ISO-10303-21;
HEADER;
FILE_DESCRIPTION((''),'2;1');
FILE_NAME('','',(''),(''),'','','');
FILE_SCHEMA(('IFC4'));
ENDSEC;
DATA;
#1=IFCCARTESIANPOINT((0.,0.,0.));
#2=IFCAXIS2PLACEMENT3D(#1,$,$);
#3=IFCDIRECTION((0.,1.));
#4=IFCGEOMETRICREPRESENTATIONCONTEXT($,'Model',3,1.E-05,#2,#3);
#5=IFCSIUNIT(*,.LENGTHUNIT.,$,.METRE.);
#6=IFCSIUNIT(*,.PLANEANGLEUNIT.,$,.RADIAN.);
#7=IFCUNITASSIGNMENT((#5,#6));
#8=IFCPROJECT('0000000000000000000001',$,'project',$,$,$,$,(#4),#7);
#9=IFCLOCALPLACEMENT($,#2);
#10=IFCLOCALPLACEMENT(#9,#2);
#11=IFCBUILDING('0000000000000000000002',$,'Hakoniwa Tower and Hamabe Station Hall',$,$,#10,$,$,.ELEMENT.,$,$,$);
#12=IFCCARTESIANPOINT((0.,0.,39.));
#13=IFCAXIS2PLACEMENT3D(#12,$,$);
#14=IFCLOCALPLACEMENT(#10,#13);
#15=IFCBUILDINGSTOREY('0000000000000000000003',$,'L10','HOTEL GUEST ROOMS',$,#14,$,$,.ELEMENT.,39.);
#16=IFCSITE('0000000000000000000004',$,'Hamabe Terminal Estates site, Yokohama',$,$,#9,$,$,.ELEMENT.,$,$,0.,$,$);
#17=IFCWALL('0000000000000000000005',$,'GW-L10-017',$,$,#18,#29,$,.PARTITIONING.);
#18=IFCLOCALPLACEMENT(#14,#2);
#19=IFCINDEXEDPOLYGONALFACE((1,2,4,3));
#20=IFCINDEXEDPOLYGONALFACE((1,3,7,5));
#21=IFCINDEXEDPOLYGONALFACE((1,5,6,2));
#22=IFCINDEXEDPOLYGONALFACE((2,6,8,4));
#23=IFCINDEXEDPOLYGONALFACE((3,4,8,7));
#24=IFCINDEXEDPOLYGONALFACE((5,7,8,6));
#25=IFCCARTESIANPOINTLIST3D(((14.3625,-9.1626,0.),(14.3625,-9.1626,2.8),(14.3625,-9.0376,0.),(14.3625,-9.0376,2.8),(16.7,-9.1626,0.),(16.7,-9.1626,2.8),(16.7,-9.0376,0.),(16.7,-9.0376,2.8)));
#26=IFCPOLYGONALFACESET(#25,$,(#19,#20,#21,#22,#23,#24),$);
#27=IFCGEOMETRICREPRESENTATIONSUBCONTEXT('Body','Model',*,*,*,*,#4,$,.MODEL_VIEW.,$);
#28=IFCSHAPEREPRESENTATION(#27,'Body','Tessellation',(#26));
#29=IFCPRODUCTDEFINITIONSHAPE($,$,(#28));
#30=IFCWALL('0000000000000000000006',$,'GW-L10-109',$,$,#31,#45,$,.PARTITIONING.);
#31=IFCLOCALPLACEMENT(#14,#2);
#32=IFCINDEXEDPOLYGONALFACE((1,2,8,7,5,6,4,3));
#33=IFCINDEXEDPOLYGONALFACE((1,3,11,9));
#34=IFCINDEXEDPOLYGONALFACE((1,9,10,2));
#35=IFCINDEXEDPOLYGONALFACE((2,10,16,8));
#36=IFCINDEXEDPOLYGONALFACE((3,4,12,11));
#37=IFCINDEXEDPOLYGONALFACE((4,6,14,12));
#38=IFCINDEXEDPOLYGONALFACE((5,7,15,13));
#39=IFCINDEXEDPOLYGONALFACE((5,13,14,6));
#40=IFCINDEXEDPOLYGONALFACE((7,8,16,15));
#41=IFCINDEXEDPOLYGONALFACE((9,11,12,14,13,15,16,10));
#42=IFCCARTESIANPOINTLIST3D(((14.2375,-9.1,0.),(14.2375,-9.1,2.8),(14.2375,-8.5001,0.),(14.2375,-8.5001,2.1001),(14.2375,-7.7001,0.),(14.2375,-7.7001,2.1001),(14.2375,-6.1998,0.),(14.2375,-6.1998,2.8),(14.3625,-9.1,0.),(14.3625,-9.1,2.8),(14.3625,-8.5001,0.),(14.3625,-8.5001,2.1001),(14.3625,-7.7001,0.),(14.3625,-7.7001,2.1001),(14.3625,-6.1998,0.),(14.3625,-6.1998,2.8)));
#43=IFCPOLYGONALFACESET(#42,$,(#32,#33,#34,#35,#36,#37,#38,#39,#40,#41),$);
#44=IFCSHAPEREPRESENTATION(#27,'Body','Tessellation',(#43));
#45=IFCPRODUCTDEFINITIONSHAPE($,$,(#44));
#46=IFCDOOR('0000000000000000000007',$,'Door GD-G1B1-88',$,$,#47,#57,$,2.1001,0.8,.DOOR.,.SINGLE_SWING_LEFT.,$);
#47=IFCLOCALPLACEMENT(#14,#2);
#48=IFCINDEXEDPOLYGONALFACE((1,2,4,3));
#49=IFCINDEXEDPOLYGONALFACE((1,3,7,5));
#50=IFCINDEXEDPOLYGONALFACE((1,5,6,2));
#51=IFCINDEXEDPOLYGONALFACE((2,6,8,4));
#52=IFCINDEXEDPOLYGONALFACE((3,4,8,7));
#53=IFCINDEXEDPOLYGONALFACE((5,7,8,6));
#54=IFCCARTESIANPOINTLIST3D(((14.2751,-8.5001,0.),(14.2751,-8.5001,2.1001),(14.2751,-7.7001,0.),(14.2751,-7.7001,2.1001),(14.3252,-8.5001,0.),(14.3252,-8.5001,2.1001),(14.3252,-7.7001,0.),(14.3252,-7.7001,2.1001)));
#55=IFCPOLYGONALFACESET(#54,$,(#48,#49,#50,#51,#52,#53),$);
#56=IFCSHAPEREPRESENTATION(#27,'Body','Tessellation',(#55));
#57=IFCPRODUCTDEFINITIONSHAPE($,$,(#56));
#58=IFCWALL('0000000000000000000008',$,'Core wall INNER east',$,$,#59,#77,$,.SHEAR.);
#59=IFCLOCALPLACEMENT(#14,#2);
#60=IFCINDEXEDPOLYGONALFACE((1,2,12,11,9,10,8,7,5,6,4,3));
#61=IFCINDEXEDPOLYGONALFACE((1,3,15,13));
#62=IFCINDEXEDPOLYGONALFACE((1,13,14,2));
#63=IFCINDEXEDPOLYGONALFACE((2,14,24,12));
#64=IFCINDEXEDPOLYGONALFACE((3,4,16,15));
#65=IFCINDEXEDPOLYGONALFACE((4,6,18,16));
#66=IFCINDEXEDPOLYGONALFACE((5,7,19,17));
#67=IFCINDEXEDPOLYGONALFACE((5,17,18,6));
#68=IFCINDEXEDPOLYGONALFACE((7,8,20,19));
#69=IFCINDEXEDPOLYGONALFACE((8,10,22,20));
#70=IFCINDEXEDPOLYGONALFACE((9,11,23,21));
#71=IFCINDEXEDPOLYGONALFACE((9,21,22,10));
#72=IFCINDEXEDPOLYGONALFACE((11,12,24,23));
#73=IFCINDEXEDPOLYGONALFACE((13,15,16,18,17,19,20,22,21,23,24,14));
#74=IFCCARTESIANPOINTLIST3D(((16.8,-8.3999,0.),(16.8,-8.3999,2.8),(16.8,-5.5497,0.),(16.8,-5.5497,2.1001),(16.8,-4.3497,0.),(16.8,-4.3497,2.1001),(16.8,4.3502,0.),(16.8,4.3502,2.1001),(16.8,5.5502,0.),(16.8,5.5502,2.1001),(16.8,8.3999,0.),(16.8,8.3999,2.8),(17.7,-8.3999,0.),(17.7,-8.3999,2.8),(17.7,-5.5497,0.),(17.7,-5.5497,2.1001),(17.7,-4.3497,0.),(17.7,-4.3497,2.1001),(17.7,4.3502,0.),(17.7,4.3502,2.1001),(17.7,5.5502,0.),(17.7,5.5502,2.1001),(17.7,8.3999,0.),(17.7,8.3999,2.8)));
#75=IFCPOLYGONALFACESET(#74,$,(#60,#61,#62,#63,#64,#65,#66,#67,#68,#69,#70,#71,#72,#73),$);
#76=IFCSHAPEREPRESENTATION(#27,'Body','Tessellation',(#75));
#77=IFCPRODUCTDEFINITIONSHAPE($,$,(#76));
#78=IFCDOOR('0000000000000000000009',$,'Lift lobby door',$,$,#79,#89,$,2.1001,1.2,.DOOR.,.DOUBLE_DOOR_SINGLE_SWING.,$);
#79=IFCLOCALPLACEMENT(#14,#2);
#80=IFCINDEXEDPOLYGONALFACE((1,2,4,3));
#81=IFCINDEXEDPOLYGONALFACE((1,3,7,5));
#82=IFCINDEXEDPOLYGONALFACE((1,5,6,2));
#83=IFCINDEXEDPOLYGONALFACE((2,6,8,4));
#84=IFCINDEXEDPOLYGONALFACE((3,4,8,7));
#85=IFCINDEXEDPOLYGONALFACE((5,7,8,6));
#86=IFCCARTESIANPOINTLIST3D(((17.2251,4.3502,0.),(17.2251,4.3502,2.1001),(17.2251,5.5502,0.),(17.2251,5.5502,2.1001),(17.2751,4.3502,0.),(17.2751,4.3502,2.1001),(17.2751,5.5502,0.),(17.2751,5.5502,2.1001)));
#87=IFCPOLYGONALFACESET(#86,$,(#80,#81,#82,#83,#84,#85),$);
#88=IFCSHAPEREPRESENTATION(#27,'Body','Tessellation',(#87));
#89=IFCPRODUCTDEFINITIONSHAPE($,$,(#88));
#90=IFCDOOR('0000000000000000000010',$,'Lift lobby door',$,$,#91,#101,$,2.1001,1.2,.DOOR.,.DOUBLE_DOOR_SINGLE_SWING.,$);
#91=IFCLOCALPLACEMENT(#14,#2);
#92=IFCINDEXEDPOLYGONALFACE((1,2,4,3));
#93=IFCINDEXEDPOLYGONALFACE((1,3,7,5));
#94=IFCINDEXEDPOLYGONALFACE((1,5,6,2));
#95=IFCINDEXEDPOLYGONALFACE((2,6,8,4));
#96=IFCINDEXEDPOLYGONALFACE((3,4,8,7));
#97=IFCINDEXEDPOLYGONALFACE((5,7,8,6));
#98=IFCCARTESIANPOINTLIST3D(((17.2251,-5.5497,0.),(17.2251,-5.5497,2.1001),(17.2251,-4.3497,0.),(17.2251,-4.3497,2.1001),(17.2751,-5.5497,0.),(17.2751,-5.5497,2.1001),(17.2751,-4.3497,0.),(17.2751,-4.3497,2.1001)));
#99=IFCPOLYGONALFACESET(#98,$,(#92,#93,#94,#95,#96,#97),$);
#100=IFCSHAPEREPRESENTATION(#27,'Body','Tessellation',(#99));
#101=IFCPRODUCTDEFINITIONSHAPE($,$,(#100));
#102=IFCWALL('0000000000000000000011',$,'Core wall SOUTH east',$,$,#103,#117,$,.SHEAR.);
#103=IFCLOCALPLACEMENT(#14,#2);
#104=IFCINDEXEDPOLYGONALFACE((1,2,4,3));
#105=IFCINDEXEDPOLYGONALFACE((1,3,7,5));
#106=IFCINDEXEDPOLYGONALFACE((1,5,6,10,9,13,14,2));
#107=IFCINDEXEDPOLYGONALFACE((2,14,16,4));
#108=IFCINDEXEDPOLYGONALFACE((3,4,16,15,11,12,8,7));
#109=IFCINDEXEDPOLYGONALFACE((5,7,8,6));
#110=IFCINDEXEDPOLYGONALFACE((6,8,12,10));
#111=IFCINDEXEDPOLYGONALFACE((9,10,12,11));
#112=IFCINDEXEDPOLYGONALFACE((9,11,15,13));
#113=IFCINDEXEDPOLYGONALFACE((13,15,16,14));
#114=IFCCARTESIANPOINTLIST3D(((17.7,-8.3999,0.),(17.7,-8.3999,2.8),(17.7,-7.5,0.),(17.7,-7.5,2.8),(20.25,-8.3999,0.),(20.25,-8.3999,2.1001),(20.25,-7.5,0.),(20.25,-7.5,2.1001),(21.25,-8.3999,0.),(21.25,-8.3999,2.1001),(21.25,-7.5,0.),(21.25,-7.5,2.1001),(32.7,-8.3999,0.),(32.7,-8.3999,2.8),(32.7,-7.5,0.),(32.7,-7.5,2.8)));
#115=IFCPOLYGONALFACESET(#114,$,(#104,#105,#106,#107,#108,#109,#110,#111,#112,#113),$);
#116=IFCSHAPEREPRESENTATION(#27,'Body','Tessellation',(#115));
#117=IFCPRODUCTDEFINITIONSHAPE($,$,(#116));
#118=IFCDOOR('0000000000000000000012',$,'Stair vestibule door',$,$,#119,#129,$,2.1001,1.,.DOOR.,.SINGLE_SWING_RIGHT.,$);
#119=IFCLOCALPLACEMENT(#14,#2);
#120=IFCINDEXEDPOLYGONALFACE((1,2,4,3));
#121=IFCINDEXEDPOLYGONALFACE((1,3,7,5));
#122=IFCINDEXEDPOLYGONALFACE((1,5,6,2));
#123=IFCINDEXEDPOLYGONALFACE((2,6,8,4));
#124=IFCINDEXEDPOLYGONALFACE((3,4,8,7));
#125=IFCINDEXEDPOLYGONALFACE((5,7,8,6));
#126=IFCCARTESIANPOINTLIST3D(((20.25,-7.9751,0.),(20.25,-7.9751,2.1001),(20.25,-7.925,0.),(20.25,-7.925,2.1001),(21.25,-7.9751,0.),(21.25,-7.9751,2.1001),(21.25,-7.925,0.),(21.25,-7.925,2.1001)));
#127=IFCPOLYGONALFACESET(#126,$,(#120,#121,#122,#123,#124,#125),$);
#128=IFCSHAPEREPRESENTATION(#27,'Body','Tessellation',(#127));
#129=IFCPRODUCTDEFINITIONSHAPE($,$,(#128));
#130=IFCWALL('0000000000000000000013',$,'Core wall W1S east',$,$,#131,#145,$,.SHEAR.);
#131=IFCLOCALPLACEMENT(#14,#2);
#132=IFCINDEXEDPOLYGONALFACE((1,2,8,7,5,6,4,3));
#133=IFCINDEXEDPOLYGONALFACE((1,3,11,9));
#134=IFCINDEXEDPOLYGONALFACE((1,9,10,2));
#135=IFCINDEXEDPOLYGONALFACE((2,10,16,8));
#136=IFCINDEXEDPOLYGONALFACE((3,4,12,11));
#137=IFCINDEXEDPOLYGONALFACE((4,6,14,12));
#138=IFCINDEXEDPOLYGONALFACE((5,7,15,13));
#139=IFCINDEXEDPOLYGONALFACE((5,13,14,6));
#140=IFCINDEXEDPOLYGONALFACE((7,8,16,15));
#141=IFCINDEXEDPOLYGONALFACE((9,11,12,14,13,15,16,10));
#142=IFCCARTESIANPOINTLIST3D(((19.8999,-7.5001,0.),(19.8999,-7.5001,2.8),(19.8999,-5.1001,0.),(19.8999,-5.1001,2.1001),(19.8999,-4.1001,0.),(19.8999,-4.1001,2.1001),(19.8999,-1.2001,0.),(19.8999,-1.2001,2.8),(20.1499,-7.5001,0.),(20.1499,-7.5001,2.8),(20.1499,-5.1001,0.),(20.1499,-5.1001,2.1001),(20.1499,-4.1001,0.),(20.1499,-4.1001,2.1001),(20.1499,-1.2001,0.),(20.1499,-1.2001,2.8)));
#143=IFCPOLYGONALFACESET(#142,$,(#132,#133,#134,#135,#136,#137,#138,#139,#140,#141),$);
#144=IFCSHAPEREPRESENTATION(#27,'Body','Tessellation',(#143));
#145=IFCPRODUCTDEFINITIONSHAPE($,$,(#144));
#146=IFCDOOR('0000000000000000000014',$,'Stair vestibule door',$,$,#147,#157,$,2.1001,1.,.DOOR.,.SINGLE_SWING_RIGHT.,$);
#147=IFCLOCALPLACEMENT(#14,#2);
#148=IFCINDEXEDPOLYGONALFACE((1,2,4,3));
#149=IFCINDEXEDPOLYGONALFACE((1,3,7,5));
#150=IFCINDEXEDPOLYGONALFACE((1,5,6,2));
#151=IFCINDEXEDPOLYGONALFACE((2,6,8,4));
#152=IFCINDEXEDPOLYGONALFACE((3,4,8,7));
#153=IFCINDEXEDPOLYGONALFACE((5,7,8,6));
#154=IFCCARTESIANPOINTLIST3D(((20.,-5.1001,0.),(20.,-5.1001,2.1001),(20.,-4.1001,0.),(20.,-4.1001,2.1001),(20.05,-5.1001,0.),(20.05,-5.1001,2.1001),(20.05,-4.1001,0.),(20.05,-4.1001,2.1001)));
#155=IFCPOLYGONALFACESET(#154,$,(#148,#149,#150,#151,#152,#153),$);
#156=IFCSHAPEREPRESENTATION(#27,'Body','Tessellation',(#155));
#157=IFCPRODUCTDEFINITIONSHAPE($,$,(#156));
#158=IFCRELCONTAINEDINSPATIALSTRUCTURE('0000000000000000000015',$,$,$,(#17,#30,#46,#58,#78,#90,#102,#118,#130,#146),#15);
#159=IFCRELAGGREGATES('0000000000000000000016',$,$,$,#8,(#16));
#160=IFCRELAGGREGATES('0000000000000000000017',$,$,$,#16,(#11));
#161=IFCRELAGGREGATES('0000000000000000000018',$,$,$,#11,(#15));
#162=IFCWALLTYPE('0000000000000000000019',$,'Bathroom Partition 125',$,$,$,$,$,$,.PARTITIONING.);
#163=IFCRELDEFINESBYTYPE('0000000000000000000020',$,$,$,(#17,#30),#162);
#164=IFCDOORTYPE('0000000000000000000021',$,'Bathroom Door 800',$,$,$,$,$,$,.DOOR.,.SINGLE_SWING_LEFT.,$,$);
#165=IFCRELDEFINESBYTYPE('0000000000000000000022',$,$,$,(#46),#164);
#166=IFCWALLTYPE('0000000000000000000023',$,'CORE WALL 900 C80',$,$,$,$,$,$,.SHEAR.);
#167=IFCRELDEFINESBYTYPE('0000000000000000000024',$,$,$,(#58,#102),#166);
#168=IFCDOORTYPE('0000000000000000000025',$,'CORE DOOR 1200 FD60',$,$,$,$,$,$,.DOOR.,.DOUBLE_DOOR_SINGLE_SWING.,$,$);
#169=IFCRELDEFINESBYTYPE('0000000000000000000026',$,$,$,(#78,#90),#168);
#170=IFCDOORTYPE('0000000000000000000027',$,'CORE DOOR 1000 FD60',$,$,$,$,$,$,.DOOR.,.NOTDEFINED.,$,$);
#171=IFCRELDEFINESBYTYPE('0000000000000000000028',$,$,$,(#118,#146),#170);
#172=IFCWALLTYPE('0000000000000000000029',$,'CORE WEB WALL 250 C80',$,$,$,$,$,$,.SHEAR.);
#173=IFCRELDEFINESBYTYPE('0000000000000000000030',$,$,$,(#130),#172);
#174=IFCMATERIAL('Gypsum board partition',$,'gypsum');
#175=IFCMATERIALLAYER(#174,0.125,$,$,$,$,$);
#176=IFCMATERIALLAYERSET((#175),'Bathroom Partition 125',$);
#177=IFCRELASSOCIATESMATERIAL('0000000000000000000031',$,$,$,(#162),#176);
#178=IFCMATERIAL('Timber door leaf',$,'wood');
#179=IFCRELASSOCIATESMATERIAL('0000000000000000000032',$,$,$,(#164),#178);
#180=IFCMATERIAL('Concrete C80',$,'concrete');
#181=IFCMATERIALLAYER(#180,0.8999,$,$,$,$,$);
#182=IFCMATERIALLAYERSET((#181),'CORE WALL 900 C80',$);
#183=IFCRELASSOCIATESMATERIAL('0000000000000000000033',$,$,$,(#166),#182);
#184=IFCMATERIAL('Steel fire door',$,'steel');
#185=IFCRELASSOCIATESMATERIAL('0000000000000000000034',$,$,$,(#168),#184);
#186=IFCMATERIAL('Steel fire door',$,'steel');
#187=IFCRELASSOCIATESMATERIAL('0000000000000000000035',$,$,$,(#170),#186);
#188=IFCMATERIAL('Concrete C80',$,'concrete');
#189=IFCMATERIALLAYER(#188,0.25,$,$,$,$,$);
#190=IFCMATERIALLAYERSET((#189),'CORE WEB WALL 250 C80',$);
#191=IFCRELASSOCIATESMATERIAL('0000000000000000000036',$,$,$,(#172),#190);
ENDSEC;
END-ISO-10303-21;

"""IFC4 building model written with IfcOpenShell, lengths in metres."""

from ifc_helpers import new_model, si_unit, direction, frame, frame_2d, origin, place, context, subcontext, project, spatial, rectangle, extrude, material, layer, layer_set, type_object, element, fill, save


model = new_model("IFC4")

# Units and contexts
model_context = context("Model", 3, precision=1e-05, world=origin(), true_north=direction((0.0, 1.0)))
body_context = subcontext(model_context, "Body", "Model", "MODEL_VIEW")
ifc_project = project(units=[si_unit("LENGTHUNIT", "METRE"), si_unit("PLANEANGLEUNIT", "RADIAN")], contexts=[model_context])

# Site, building, storey
site_placement = place(None, origin())
site = spatial("IfcSite", under=ifc_project, at=site_placement, Name="Hamabe Terminal Estates site, Yokohama", CompositionType="ELEMENT", RefElevation=0.0)
building_placement = place(site_placement, origin())
building = spatial("IfcBuilding", under=site, at=building_placement, Name="Hakoniwa Tower and Hamabe Station Hall", CompositionType="ELEMENT")
storey_placement = place(building_placement, frame((0.0, 0.0, 39.0)))
storey = spatial("IfcBuildingStorey", under=building, at=storey_placement, Name="L10", Description="HOTEL GUEST ROOMS", CompositionType="ELEMENT", Elevation=39.0)

# Wall
ifc_material_1 = material(Name="Gypsum board partition", Category="gypsum")
ifc_layer_1 = layer(ifc_material_1, 0.125)
ifc_layer_set_1 = layer_set([ifc_layer_1], Name="Bathroom Partition 125")
wall_type_1 = type_object("IfcWallType", Name="Bathroom Partition 125", PredefinedType="PARTITIONING", material=ifc_layer_set_1)
wall_1_placement = place(storey_placement, frame((14.3625, -9.1001, 0.0), z_axis=(0.0, 0.0, 1.0), x_axis=(1.0, 0.0, 0.0)))
element("IfcWall", 1, at=wall_1_placement, inside=storey, type_object=wall_type_1, Name="GW-L10-017", PredefinedType="PARTITIONING", context=body_context, shape_type="SweptSolid", body=[
    extrude(rectangle(XDim=2.3374, YDim=0.125, at=frame_2d((1.1687, 0.0))), origin(), (0.0, 0.0, 1.0), 2.8),
])

# Wall, opening, door
wall_2_placement = place(storey_placement, frame((14.3, -9.1001, 0.0), z_axis=(0.0, 0.0, 1.0), x_axis=(0.0, 1.0, 0.0)))
wall_2 = element("IfcWall", 2, at=wall_2_placement, inside=storey, type_object=wall_type_1, Name="GW-L10-109", PredefinedType="PARTITIONING", context=body_context, shape_type="SweptSolid", body=[
    extrude(rectangle(XDim=2.9001, YDim=0.125, at=frame_2d((1.4502, 0.0))), origin(), (0.0, 0.0, 1.0), 2.8),
])
opening_1_placement = place(wall_2_placement, frame((0.6001, 0.0, 0.0)))
opening_1 = element("IfcOpeningElement", 3, at=opening_1_placement, cuts=wall_2, PredefinedType="OPENING", context=body_context, shape_type="SweptSolid", body=[
    extrude(rectangle(XDim=0.8, YDim=2.1001, at=frame_2d((0.3999, 1.05))), frame((0.0, 0.0725, 0.0), z_axis=(0.0, -1.0, 0.0), x_axis=(1.0, 0.0, 0.0)), (0.0, 0.0, 1.0), 0.145),
])
ifc_material_2 = material(Name="Timber door leaf", Category="wood")
door_type_1 = type_object("IfcDoorType", Name="Bathroom Door 800", OperationType="SINGLE_SWING_LEFT", PredefinedType="DOOR", material=ifc_material_2)
door_1_placement = place(opening_1_placement, origin())
door_1 = element("IfcDoor", 4, at=door_1_placement, inside=storey, type_object=door_type_1, Name="Door GD-G1B1-88", OperationType="SINGLE_SWING_LEFT", OverallHeight=2.1001, OverallWidth=0.8, PredefinedType="DOOR", context=body_context, shape_type="SweptSolid", body=[
    extrude(rectangle(XDim=0.8, YDim=2.1001, at=frame_2d((0.3999, 1.05))), frame((0.0, 0.0249, 0.0), z_axis=(0.0, -1.0, 0.0), x_axis=(1.0, 0.0, 0.0)), (0.0, 0.0, 1.0), 0.05),
])
fill(opening_1, door_1)

# Wall, openings, doors
ifc_material_3 = material(Name="Concrete C80", Category="concrete")
ifc_layer_2 = layer(ifc_material_3, 0.8999)
ifc_layer_set_2 = layer_set([ifc_layer_2], Name="CORE WALL 900 C80")
wall_type_2 = type_object("IfcWallType", Name="CORE WALL 900 C80", PredefinedType="SHEAR", material=ifc_layer_set_2)
wall_3_placement = place(storey_placement, frame((17.25, -8.3999, 0.0), z_axis=(0.0, 0.0, 1.0), x_axis=(0.0, 1.0, 0.0)))
wall_3 = element("IfcWall", 5, at=wall_3_placement, inside=storey, type_object=wall_type_2, Name="Core wall INNER east", PredefinedType="SHEAR", context=body_context, shape_type="SweptSolid", body=[
    extrude(rectangle(XDim=16.7998, YDim=0.8999, at=frame_2d((8.3999, 0.0))), origin(), (0.0, 0.0, 1.0), 2.8),
])
opening_2_placement = place(wall_3_placement, frame((12.75, 0.0, 0.0)))
opening_2 = element("IfcOpeningElement", 6, at=opening_2_placement, cuts=wall_3, PredefinedType="OPENING", context=body_context, shape_type="SweptSolid", body=[
    extrude(rectangle(XDim=1.2, YDim=2.1001, at=frame_2d((0.6001, 1.05))), frame((0.0, 0.46, 0.0), z_axis=(0.0, -1.0, 0.0), x_axis=(1.0, 0.0, 0.0)), (0.0, 0.0, 1.0), 0.9199),
])
opening_3_placement = place(wall_3_placement, frame((2.8501, 0.0, 0.0)))
opening_3 = element("IfcOpeningElement", 7, at=opening_3_placement, cuts=wall_3, PredefinedType="OPENING", context=body_context, shape_type="SweptSolid", body=[
    extrude(rectangle(XDim=1.2, YDim=2.1001, at=frame_2d((0.6001, 1.05))), frame((0.0, 0.46, 0.0), z_axis=(0.0, -1.0, 0.0), x_axis=(1.0, 0.0, 0.0)), (0.0, 0.0, 1.0), 0.9199),
])
ifc_material_4 = material(Name="Steel fire door", Category="steel")
door_type_2 = type_object("IfcDoorType", Name="CORE DOOR 1200 FD60", OperationType="DOUBLE_DOOR_SINGLE_SWING", PredefinedType="DOOR", material=ifc_material_4)
door_2_placement = place(opening_2_placement, origin())
door_2 = element("IfcDoor", 8, at=door_2_placement, inside=storey, type_object=door_type_2, Name="Lift lobby door", OperationType="DOUBLE_DOOR_SINGLE_SWING", OverallHeight=2.1001, OverallWidth=1.2, PredefinedType="DOOR", context=body_context, shape_type="SweptSolid", body=[
    extrude(rectangle(XDim=1.2, YDim=2.1001, at=frame_2d((0.6001, 1.05))), frame((0.0, 0.0249, 0.0), z_axis=(0.0, -1.0, 0.0), x_axis=(1.0, 0.0, 0.0)), (0.0, 0.0, 1.0), 0.05),
])
fill(opening_2, door_2)
door_3_placement = place(opening_3_placement, origin())
door_3 = element("IfcDoor", 9, at=door_3_placement, inside=storey, type_object=door_type_2, Name="Lift lobby door", OperationType="DOUBLE_DOOR_SINGLE_SWING", OverallHeight=2.1001, OverallWidth=1.2, PredefinedType="DOOR", context=body_context, shape_type="SweptSolid", body=[
    extrude(rectangle(XDim=1.2, YDim=2.1001, at=frame_2d((0.6001, 1.05))), frame((0.0, 0.0249, 0.0), z_axis=(0.0, -1.0, 0.0), x_axis=(1.0, 0.0, 0.0)), (0.0, 0.0, 1.0), 0.05),
])
fill(opening_3, door_3)

# Walls, openings, doors
wall_4_placement = place(storey_placement, frame((17.7, -7.95, 0.0), z_axis=(0.0, 0.0, 1.0), x_axis=(1.0, 0.0, 0.0)))
wall_4 = element("IfcWall", 10, at=wall_4_placement, inside=storey, type_object=wall_type_2, Name="Core wall SOUTH east", PredefinedType="SHEAR", context=body_context, shape_type="SweptSolid", body=[
    extrude(rectangle(XDim=15.0, YDim=0.8999, at=frame_2d((7.5, 0.0))), origin(), (0.0, 0.0, 1.0), 2.8),
])
opening_4_placement = place(wall_4_placement, frame((2.55, 0.0, 0.0)))
opening_4 = element("IfcOpeningElement", 11, at=opening_4_placement, cuts=wall_4, PredefinedType="OPENING", context=body_context, shape_type="SweptSolid", body=[
    extrude(rectangle(XDim=1.0, YDim=2.1001, at=frame_2d((0.5, 1.05))), frame((0.0, 0.46, 0.0), z_axis=(0.0, -1.0, 0.0), x_axis=(1.0, 0.0, 0.0)), (0.0, 0.0, 1.0), 0.9199),
])
ifc_material_5 = material(Name="Steel fire door", Category="steel")
door_type_3 = type_object("IfcDoorType", Name="CORE DOOR 1000 FD60", OperationType="NOTDEFINED", PredefinedType="DOOR", material=ifc_material_5)
door_4_placement = place(opening_4_placement, origin())
door_4 = element("IfcDoor", 12, at=door_4_placement, inside=storey, type_object=door_type_3, Name="Stair vestibule door", OperationType="SINGLE_SWING_RIGHT", OverallHeight=2.1001, OverallWidth=1.0, PredefinedType="DOOR", context=body_context, shape_type="SweptSolid", body=[
    extrude(rectangle(XDim=1.0, YDim=2.1001, at=frame_2d((0.5, 1.05))), frame((0.0, 0.0249, 0.0), z_axis=(0.0, -1.0, 0.0), x_axis=(1.0, 0.0, 0.0)), (0.0, 0.0, 1.0), 0.05),
])
fill(opening_4, door_4)
ifc_material_6 = material(Name="Concrete C80", Category="concrete")
ifc_layer_3 = layer(ifc_material_6, 0.25)
ifc_layer_set_3 = layer_set([ifc_layer_3], Name="CORE WEB WALL 250 C80")
wall_type_3 = type_object("IfcWallType", Name="CORE WEB WALL 250 C80", PredefinedType="SHEAR", material=ifc_layer_set_3)
wall_5_placement = place(storey_placement, frame((20.0249, -7.5, 0.0), z_axis=(0.0, 0.0, 1.0), x_axis=(0.0, 1.0, 0.0)))
wall_5 = element("IfcWall", 13, at=wall_5_placement, inside=storey, type_object=wall_type_3, Name="Core wall W1S east", PredefinedType="SHEAR", context=body_context, shape_type="SweptSolid", body=[
    extrude(rectangle(XDim=6.3, YDim=0.25, at=frame_2d((3.1499, 0.0))), origin(), (0.0, 0.0, 1.0), 2.8),
])
opening_5_placement = place(wall_5_placement, frame((2.3999, 0.0, 0.0)))
opening_5 = element("IfcOpeningElement", 14, at=opening_5_placement, cuts=wall_5, PredefinedType="OPENING", context=body_context, shape_type="SweptSolid", body=[
    extrude(rectangle(XDim=1.0, YDim=2.1001, at=frame_2d((0.5, 1.05))), frame((0.0, 0.135, 0.0), z_axis=(0.0, -1.0, 0.0), x_axis=(1.0, 0.0, 0.0)), (0.0, 0.0, 1.0), 0.27),
])
door_5_placement = place(opening_5_placement, origin())
door_5 = element("IfcDoor", 15, at=door_5_placement, inside=storey, type_object=door_type_3, Name="Stair vestibule door", OperationType="SINGLE_SWING_RIGHT", OverallHeight=2.1001, OverallWidth=1.0, PredefinedType="DOOR", context=body_context, shape_type="SweptSolid", body=[
    extrude(rectangle(XDim=1.0, YDim=2.1001, at=frame_2d((0.5, 1.05))), frame((0.0, 0.0249, 0.0), z_axis=(0.0, -1.0, 0.0), x_axis=(1.0, 0.0, 0.0)), (0.0, 0.0, 1.0), 0.05),
])
fill(opening_5, door_5)

save(model, "model.ifc")
